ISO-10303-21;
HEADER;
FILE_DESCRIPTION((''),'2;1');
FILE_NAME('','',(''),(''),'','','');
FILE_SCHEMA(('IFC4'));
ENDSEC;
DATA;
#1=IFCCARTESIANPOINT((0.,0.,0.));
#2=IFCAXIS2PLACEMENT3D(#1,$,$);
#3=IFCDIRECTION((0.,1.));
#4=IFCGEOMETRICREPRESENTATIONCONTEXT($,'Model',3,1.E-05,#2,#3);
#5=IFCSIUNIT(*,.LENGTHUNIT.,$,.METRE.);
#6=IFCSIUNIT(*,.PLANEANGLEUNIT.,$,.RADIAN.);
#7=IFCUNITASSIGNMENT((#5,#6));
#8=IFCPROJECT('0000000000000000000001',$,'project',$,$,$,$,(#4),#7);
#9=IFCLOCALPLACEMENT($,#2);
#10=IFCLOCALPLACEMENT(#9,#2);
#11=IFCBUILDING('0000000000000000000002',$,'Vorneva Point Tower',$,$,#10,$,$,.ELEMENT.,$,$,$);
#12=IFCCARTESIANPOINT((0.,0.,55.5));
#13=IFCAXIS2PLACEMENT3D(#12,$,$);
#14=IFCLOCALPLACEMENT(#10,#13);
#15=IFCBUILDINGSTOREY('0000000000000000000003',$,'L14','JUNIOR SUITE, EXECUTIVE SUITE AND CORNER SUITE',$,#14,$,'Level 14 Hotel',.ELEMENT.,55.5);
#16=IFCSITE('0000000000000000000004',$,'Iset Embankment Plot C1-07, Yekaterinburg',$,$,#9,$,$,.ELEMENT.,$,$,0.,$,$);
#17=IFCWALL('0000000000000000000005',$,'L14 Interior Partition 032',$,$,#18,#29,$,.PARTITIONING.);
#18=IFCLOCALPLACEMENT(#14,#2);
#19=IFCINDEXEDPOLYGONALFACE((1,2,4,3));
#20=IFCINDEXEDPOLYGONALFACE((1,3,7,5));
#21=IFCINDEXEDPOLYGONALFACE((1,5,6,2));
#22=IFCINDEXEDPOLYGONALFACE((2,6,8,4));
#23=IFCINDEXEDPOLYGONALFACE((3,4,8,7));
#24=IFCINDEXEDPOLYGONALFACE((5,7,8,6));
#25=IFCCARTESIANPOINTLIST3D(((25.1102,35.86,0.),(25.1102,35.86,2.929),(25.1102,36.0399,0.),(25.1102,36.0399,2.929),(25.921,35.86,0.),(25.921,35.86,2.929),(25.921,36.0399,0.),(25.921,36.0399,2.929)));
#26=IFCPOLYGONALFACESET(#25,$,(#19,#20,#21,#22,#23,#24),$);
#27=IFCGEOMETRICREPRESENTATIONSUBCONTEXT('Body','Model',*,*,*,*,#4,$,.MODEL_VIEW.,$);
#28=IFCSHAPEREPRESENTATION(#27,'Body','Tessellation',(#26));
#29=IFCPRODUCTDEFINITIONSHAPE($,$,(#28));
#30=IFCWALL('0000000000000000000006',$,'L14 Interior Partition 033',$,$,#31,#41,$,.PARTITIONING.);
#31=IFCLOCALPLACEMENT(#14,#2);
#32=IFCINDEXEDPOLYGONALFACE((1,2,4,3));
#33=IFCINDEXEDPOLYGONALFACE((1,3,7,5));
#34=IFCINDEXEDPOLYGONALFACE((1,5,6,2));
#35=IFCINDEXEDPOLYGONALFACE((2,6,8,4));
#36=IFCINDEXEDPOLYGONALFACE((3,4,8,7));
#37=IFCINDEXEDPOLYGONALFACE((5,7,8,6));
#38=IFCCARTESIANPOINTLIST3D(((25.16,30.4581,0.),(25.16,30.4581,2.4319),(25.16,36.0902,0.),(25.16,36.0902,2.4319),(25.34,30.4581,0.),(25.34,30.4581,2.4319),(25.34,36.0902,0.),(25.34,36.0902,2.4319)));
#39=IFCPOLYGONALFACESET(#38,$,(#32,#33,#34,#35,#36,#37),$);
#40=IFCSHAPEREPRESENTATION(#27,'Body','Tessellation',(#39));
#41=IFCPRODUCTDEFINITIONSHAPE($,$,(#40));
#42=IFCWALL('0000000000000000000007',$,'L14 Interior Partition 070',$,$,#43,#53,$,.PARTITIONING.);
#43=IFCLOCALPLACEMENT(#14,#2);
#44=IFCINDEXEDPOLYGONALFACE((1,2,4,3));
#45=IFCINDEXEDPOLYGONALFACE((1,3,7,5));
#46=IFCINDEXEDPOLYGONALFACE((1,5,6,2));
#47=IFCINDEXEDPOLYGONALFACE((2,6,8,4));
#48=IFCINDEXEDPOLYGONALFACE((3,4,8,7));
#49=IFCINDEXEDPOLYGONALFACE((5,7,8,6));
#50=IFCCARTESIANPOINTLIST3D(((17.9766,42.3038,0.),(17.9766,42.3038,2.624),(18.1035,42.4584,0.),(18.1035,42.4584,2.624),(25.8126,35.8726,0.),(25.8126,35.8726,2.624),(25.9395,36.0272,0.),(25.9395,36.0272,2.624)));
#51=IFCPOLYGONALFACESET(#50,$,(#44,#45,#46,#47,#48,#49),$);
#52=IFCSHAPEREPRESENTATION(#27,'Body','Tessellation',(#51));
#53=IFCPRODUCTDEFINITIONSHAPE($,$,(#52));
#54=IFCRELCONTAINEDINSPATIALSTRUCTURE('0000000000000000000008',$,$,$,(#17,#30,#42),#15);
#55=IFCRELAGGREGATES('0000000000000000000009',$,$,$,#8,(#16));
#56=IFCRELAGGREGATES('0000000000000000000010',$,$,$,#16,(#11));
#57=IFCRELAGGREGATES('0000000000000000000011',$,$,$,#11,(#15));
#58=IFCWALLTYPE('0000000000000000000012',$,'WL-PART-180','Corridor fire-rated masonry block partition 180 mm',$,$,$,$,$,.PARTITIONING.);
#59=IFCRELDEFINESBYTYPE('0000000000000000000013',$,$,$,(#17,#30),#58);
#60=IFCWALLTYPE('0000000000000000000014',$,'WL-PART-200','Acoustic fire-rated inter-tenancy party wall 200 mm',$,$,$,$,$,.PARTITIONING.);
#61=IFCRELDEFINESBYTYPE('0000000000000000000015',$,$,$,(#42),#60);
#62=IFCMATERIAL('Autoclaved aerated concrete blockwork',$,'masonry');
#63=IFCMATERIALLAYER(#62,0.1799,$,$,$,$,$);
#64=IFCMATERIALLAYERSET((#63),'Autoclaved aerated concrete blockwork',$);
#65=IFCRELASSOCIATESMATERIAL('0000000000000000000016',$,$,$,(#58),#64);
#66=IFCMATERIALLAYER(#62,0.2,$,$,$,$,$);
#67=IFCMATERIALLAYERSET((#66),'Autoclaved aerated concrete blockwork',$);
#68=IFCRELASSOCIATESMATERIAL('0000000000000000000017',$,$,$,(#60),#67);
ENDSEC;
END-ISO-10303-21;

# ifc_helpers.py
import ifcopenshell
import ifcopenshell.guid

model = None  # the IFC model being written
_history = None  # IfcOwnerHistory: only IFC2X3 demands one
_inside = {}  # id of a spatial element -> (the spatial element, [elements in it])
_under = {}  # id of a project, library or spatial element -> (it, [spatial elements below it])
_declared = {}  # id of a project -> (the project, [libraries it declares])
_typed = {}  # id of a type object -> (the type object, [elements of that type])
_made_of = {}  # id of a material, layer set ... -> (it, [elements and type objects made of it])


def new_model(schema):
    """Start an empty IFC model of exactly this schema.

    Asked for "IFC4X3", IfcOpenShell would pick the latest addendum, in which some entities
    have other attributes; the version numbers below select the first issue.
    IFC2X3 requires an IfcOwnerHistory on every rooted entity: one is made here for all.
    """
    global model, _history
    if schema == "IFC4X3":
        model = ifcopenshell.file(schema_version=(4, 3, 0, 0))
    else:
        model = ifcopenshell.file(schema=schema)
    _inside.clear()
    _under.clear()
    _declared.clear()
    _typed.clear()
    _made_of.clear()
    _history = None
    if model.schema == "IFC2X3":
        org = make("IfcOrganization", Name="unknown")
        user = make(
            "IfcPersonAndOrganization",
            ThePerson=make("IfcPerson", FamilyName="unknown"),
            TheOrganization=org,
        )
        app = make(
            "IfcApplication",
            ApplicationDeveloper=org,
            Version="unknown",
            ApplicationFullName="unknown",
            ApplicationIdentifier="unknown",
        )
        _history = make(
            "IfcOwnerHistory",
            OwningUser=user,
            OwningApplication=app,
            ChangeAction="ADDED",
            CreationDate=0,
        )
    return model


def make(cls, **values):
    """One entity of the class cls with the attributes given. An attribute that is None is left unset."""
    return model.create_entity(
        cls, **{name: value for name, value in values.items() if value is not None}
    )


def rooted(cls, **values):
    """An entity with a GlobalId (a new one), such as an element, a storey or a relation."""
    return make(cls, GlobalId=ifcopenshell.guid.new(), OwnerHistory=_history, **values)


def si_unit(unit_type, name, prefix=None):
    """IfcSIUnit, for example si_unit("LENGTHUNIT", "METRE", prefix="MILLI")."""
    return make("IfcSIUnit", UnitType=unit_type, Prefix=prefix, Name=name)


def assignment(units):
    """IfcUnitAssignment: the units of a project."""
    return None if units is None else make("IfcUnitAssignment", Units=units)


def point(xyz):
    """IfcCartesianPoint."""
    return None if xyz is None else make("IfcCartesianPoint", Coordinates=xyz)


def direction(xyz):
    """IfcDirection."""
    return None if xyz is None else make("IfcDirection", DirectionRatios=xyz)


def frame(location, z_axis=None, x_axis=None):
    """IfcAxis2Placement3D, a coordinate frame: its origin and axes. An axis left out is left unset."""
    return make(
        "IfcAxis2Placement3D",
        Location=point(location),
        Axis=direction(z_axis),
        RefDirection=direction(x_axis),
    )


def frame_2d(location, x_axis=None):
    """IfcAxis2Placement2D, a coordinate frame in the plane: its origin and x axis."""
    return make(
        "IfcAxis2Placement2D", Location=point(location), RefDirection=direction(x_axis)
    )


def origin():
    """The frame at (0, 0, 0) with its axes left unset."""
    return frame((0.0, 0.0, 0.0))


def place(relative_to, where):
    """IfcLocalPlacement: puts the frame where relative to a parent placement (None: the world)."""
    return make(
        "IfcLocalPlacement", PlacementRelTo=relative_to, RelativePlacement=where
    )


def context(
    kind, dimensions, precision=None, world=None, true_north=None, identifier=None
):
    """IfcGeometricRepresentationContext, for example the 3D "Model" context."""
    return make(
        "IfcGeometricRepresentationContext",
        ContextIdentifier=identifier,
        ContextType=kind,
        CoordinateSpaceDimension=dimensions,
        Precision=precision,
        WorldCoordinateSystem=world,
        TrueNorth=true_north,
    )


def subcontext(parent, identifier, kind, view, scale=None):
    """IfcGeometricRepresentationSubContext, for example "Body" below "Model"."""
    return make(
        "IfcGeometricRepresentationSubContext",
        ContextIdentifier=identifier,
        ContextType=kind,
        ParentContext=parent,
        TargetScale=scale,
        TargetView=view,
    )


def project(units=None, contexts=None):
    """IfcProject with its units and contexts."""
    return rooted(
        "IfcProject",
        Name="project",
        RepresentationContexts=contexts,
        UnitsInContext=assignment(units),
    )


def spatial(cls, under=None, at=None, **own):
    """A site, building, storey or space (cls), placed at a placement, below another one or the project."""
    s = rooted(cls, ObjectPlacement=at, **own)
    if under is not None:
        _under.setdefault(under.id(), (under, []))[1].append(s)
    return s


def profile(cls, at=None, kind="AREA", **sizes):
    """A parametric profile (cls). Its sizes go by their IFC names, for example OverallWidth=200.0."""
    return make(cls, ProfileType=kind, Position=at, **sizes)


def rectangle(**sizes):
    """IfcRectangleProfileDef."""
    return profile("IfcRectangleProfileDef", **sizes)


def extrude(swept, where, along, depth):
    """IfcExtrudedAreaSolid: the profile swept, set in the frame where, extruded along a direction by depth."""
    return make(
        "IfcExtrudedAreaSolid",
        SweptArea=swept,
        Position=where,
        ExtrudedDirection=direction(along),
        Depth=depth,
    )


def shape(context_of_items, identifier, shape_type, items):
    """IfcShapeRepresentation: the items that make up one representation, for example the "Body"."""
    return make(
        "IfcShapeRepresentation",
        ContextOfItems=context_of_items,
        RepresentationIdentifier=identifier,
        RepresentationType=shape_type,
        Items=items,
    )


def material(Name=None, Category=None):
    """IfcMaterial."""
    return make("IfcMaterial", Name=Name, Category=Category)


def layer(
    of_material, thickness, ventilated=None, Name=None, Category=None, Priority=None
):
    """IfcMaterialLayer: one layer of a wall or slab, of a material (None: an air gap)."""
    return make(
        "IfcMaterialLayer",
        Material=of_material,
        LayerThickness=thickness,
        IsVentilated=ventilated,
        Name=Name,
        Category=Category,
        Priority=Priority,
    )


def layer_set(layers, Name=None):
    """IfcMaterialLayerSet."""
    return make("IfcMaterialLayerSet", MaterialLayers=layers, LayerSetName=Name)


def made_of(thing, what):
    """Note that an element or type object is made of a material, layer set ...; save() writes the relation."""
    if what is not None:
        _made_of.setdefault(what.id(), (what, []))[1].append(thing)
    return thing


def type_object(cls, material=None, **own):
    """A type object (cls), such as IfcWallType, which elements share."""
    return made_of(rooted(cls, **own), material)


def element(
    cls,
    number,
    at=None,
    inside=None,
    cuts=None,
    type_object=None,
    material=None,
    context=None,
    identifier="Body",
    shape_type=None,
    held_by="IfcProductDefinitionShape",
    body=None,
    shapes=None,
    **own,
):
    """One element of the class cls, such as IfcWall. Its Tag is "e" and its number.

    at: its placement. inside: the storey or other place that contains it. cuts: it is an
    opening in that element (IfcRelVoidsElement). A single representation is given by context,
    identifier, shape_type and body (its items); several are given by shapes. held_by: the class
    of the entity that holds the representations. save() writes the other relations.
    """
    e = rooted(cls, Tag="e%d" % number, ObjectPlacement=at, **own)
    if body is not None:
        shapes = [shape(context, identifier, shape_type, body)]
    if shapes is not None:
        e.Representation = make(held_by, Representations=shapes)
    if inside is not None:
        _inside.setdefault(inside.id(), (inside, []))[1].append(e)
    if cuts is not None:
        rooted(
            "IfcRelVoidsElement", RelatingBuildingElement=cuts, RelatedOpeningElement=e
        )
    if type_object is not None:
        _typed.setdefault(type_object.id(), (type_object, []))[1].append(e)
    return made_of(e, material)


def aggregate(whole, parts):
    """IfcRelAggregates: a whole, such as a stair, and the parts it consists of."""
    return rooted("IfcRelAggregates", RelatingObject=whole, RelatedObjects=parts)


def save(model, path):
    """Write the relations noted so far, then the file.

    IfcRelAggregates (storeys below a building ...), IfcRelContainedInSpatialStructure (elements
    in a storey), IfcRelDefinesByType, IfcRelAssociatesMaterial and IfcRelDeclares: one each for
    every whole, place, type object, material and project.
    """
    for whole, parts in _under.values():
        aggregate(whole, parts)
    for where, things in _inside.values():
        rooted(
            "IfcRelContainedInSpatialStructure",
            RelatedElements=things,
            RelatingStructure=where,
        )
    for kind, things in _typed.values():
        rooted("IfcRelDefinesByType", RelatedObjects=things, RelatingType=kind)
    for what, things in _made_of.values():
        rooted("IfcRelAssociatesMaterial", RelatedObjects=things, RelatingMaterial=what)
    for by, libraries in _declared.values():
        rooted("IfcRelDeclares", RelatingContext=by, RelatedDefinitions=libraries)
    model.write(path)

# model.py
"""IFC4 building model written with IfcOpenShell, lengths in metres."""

from ifc_helpers import new_model, si_unit, direction, frame, frame_2d, origin, place, context, subcontext, project, spatial, rectangle, extrude, material, layer, layer_set, type_object, element, save


model = new_model("IFC4")

# Units and contexts
model_context = context("Model", 3, precision=1e-05, world=origin(), true_north=direction((0.0, 1.0)))
body_context = subcontext(model_context, "Body", "Model", "MODEL_VIEW")
ifc_project = project(units=[si_unit("LENGTHUNIT", "METRE"), si_unit("PLANEANGLEUNIT", "RADIAN")], contexts=[model_context])

# Site, building, storey
site_placement = place(None, origin())
site = spatial("IfcSite", under=ifc_project, at=site_placement, Name="Iset Embankment Plot C1-07, Yekaterinburg", CompositionType="ELEMENT", RefElevation=0.0)
building_placement = place(site_placement, origin())
building = spatial("IfcBuilding", under=site, at=building_placement, Name="Vorneva Point Tower", CompositionType="ELEMENT")
storey_placement = place(building_placement, frame((0.0, 0.0, 55.5)))
storey = spatial("IfcBuildingStorey", under=building, at=storey_placement, Name="L14", Description="JUNIOR SUITE, EXECUTIVE SUITE AND CORNER SUITE", LongName="Level 14 Hotel", CompositionType="ELEMENT", Elevation=55.5)

# Walls
ifc_material_1 = material(Name="Autoclaved aerated concrete blockwork", Category="masonry")
ifc_layer_1 = layer(ifc_material_1, 0.1799)
ifc_layer_set_1 = layer_set([ifc_layer_1], Name="Autoclaved aerated concrete blockwork")
wall_type_1 = type_object("IfcWallType", Name="WL-PART-180", Description="Corridor fire-rated masonry block partition 180 mm", PredefinedType="PARTITIONING", material=ifc_layer_set_1)
wall_1_placement = place(storey_placement, frame((25.9209, 35.95, 0.0), z_axis=(0.0, 0.0, 1.0), x_axis=(-1.0, 0.0, 0.0)))
element("IfcWall", 1, at=wall_1_placement, inside=storey, type_object=wall_type_1, Name="L14 Interior Partition 032", PredefinedType="PARTITIONING", context=body_context, shape_type="SweptSolid", body=[
    extrude(rectangle(XDim=0.8108, YDim=0.1799, at=frame_2d((0.4053, 0.0))), origin(), (0.0, 0.0, 1.0), 2.929),
])
wall_2_placement = place(storey_placement, frame((25.25, 36.0901, 0.0), z_axis=(0.0, 0.0, 1.0), x_axis=(0.0, -1.0, 0.0)))
element("IfcWall", 2, at=wall_2_placement, inside=storey, type_object=wall_type_1, Name="L14 Interior Partition 033", PredefinedType="PARTITIONING", context=body_context, shape_type="SweptSolid", body=[
    extrude(rectangle(XDim=5.6321, YDim=0.1799, at=frame_2d((2.8159, 0.0))), origin(), (0.0, 0.0, 1.0), 2.4319),
])
ifc_layer_2 = layer(ifc_material_1, 0.2)
ifc_layer_set_2 = layer_set([ifc_layer_2], Name="Autoclaved aerated concrete blockwork")
wall_type_2 = type_object("IfcWallType", Name="WL-PART-200", Description="Acoustic fire-rated inter-tenancy party wall 200 mm", PredefinedType="PARTITIONING", material=ifc_layer_set_2)
wall_3_placement = place(storey_placement, frame((18.04, 42.3811, 0.0), z_axis=(0.0, 0.0, 1.0), x_axis=(0.772993, -0.634415, 0.0)))
element("IfcWall", 3, at=wall_3_placement, inside=storey, type_object=wall_type_2, Name="L14 Interior Partition 070", PredefinedType="PARTITIONING", context=body_context, shape_type="SweptSolid", body=[
    extrude(rectangle(XDim=10.1372, YDim=0.2, at=frame_2d((5.0686, 0.0))), origin(), (0.0, 0.0, 1.0), 2.624),
])

save(model, "model.ifc")
